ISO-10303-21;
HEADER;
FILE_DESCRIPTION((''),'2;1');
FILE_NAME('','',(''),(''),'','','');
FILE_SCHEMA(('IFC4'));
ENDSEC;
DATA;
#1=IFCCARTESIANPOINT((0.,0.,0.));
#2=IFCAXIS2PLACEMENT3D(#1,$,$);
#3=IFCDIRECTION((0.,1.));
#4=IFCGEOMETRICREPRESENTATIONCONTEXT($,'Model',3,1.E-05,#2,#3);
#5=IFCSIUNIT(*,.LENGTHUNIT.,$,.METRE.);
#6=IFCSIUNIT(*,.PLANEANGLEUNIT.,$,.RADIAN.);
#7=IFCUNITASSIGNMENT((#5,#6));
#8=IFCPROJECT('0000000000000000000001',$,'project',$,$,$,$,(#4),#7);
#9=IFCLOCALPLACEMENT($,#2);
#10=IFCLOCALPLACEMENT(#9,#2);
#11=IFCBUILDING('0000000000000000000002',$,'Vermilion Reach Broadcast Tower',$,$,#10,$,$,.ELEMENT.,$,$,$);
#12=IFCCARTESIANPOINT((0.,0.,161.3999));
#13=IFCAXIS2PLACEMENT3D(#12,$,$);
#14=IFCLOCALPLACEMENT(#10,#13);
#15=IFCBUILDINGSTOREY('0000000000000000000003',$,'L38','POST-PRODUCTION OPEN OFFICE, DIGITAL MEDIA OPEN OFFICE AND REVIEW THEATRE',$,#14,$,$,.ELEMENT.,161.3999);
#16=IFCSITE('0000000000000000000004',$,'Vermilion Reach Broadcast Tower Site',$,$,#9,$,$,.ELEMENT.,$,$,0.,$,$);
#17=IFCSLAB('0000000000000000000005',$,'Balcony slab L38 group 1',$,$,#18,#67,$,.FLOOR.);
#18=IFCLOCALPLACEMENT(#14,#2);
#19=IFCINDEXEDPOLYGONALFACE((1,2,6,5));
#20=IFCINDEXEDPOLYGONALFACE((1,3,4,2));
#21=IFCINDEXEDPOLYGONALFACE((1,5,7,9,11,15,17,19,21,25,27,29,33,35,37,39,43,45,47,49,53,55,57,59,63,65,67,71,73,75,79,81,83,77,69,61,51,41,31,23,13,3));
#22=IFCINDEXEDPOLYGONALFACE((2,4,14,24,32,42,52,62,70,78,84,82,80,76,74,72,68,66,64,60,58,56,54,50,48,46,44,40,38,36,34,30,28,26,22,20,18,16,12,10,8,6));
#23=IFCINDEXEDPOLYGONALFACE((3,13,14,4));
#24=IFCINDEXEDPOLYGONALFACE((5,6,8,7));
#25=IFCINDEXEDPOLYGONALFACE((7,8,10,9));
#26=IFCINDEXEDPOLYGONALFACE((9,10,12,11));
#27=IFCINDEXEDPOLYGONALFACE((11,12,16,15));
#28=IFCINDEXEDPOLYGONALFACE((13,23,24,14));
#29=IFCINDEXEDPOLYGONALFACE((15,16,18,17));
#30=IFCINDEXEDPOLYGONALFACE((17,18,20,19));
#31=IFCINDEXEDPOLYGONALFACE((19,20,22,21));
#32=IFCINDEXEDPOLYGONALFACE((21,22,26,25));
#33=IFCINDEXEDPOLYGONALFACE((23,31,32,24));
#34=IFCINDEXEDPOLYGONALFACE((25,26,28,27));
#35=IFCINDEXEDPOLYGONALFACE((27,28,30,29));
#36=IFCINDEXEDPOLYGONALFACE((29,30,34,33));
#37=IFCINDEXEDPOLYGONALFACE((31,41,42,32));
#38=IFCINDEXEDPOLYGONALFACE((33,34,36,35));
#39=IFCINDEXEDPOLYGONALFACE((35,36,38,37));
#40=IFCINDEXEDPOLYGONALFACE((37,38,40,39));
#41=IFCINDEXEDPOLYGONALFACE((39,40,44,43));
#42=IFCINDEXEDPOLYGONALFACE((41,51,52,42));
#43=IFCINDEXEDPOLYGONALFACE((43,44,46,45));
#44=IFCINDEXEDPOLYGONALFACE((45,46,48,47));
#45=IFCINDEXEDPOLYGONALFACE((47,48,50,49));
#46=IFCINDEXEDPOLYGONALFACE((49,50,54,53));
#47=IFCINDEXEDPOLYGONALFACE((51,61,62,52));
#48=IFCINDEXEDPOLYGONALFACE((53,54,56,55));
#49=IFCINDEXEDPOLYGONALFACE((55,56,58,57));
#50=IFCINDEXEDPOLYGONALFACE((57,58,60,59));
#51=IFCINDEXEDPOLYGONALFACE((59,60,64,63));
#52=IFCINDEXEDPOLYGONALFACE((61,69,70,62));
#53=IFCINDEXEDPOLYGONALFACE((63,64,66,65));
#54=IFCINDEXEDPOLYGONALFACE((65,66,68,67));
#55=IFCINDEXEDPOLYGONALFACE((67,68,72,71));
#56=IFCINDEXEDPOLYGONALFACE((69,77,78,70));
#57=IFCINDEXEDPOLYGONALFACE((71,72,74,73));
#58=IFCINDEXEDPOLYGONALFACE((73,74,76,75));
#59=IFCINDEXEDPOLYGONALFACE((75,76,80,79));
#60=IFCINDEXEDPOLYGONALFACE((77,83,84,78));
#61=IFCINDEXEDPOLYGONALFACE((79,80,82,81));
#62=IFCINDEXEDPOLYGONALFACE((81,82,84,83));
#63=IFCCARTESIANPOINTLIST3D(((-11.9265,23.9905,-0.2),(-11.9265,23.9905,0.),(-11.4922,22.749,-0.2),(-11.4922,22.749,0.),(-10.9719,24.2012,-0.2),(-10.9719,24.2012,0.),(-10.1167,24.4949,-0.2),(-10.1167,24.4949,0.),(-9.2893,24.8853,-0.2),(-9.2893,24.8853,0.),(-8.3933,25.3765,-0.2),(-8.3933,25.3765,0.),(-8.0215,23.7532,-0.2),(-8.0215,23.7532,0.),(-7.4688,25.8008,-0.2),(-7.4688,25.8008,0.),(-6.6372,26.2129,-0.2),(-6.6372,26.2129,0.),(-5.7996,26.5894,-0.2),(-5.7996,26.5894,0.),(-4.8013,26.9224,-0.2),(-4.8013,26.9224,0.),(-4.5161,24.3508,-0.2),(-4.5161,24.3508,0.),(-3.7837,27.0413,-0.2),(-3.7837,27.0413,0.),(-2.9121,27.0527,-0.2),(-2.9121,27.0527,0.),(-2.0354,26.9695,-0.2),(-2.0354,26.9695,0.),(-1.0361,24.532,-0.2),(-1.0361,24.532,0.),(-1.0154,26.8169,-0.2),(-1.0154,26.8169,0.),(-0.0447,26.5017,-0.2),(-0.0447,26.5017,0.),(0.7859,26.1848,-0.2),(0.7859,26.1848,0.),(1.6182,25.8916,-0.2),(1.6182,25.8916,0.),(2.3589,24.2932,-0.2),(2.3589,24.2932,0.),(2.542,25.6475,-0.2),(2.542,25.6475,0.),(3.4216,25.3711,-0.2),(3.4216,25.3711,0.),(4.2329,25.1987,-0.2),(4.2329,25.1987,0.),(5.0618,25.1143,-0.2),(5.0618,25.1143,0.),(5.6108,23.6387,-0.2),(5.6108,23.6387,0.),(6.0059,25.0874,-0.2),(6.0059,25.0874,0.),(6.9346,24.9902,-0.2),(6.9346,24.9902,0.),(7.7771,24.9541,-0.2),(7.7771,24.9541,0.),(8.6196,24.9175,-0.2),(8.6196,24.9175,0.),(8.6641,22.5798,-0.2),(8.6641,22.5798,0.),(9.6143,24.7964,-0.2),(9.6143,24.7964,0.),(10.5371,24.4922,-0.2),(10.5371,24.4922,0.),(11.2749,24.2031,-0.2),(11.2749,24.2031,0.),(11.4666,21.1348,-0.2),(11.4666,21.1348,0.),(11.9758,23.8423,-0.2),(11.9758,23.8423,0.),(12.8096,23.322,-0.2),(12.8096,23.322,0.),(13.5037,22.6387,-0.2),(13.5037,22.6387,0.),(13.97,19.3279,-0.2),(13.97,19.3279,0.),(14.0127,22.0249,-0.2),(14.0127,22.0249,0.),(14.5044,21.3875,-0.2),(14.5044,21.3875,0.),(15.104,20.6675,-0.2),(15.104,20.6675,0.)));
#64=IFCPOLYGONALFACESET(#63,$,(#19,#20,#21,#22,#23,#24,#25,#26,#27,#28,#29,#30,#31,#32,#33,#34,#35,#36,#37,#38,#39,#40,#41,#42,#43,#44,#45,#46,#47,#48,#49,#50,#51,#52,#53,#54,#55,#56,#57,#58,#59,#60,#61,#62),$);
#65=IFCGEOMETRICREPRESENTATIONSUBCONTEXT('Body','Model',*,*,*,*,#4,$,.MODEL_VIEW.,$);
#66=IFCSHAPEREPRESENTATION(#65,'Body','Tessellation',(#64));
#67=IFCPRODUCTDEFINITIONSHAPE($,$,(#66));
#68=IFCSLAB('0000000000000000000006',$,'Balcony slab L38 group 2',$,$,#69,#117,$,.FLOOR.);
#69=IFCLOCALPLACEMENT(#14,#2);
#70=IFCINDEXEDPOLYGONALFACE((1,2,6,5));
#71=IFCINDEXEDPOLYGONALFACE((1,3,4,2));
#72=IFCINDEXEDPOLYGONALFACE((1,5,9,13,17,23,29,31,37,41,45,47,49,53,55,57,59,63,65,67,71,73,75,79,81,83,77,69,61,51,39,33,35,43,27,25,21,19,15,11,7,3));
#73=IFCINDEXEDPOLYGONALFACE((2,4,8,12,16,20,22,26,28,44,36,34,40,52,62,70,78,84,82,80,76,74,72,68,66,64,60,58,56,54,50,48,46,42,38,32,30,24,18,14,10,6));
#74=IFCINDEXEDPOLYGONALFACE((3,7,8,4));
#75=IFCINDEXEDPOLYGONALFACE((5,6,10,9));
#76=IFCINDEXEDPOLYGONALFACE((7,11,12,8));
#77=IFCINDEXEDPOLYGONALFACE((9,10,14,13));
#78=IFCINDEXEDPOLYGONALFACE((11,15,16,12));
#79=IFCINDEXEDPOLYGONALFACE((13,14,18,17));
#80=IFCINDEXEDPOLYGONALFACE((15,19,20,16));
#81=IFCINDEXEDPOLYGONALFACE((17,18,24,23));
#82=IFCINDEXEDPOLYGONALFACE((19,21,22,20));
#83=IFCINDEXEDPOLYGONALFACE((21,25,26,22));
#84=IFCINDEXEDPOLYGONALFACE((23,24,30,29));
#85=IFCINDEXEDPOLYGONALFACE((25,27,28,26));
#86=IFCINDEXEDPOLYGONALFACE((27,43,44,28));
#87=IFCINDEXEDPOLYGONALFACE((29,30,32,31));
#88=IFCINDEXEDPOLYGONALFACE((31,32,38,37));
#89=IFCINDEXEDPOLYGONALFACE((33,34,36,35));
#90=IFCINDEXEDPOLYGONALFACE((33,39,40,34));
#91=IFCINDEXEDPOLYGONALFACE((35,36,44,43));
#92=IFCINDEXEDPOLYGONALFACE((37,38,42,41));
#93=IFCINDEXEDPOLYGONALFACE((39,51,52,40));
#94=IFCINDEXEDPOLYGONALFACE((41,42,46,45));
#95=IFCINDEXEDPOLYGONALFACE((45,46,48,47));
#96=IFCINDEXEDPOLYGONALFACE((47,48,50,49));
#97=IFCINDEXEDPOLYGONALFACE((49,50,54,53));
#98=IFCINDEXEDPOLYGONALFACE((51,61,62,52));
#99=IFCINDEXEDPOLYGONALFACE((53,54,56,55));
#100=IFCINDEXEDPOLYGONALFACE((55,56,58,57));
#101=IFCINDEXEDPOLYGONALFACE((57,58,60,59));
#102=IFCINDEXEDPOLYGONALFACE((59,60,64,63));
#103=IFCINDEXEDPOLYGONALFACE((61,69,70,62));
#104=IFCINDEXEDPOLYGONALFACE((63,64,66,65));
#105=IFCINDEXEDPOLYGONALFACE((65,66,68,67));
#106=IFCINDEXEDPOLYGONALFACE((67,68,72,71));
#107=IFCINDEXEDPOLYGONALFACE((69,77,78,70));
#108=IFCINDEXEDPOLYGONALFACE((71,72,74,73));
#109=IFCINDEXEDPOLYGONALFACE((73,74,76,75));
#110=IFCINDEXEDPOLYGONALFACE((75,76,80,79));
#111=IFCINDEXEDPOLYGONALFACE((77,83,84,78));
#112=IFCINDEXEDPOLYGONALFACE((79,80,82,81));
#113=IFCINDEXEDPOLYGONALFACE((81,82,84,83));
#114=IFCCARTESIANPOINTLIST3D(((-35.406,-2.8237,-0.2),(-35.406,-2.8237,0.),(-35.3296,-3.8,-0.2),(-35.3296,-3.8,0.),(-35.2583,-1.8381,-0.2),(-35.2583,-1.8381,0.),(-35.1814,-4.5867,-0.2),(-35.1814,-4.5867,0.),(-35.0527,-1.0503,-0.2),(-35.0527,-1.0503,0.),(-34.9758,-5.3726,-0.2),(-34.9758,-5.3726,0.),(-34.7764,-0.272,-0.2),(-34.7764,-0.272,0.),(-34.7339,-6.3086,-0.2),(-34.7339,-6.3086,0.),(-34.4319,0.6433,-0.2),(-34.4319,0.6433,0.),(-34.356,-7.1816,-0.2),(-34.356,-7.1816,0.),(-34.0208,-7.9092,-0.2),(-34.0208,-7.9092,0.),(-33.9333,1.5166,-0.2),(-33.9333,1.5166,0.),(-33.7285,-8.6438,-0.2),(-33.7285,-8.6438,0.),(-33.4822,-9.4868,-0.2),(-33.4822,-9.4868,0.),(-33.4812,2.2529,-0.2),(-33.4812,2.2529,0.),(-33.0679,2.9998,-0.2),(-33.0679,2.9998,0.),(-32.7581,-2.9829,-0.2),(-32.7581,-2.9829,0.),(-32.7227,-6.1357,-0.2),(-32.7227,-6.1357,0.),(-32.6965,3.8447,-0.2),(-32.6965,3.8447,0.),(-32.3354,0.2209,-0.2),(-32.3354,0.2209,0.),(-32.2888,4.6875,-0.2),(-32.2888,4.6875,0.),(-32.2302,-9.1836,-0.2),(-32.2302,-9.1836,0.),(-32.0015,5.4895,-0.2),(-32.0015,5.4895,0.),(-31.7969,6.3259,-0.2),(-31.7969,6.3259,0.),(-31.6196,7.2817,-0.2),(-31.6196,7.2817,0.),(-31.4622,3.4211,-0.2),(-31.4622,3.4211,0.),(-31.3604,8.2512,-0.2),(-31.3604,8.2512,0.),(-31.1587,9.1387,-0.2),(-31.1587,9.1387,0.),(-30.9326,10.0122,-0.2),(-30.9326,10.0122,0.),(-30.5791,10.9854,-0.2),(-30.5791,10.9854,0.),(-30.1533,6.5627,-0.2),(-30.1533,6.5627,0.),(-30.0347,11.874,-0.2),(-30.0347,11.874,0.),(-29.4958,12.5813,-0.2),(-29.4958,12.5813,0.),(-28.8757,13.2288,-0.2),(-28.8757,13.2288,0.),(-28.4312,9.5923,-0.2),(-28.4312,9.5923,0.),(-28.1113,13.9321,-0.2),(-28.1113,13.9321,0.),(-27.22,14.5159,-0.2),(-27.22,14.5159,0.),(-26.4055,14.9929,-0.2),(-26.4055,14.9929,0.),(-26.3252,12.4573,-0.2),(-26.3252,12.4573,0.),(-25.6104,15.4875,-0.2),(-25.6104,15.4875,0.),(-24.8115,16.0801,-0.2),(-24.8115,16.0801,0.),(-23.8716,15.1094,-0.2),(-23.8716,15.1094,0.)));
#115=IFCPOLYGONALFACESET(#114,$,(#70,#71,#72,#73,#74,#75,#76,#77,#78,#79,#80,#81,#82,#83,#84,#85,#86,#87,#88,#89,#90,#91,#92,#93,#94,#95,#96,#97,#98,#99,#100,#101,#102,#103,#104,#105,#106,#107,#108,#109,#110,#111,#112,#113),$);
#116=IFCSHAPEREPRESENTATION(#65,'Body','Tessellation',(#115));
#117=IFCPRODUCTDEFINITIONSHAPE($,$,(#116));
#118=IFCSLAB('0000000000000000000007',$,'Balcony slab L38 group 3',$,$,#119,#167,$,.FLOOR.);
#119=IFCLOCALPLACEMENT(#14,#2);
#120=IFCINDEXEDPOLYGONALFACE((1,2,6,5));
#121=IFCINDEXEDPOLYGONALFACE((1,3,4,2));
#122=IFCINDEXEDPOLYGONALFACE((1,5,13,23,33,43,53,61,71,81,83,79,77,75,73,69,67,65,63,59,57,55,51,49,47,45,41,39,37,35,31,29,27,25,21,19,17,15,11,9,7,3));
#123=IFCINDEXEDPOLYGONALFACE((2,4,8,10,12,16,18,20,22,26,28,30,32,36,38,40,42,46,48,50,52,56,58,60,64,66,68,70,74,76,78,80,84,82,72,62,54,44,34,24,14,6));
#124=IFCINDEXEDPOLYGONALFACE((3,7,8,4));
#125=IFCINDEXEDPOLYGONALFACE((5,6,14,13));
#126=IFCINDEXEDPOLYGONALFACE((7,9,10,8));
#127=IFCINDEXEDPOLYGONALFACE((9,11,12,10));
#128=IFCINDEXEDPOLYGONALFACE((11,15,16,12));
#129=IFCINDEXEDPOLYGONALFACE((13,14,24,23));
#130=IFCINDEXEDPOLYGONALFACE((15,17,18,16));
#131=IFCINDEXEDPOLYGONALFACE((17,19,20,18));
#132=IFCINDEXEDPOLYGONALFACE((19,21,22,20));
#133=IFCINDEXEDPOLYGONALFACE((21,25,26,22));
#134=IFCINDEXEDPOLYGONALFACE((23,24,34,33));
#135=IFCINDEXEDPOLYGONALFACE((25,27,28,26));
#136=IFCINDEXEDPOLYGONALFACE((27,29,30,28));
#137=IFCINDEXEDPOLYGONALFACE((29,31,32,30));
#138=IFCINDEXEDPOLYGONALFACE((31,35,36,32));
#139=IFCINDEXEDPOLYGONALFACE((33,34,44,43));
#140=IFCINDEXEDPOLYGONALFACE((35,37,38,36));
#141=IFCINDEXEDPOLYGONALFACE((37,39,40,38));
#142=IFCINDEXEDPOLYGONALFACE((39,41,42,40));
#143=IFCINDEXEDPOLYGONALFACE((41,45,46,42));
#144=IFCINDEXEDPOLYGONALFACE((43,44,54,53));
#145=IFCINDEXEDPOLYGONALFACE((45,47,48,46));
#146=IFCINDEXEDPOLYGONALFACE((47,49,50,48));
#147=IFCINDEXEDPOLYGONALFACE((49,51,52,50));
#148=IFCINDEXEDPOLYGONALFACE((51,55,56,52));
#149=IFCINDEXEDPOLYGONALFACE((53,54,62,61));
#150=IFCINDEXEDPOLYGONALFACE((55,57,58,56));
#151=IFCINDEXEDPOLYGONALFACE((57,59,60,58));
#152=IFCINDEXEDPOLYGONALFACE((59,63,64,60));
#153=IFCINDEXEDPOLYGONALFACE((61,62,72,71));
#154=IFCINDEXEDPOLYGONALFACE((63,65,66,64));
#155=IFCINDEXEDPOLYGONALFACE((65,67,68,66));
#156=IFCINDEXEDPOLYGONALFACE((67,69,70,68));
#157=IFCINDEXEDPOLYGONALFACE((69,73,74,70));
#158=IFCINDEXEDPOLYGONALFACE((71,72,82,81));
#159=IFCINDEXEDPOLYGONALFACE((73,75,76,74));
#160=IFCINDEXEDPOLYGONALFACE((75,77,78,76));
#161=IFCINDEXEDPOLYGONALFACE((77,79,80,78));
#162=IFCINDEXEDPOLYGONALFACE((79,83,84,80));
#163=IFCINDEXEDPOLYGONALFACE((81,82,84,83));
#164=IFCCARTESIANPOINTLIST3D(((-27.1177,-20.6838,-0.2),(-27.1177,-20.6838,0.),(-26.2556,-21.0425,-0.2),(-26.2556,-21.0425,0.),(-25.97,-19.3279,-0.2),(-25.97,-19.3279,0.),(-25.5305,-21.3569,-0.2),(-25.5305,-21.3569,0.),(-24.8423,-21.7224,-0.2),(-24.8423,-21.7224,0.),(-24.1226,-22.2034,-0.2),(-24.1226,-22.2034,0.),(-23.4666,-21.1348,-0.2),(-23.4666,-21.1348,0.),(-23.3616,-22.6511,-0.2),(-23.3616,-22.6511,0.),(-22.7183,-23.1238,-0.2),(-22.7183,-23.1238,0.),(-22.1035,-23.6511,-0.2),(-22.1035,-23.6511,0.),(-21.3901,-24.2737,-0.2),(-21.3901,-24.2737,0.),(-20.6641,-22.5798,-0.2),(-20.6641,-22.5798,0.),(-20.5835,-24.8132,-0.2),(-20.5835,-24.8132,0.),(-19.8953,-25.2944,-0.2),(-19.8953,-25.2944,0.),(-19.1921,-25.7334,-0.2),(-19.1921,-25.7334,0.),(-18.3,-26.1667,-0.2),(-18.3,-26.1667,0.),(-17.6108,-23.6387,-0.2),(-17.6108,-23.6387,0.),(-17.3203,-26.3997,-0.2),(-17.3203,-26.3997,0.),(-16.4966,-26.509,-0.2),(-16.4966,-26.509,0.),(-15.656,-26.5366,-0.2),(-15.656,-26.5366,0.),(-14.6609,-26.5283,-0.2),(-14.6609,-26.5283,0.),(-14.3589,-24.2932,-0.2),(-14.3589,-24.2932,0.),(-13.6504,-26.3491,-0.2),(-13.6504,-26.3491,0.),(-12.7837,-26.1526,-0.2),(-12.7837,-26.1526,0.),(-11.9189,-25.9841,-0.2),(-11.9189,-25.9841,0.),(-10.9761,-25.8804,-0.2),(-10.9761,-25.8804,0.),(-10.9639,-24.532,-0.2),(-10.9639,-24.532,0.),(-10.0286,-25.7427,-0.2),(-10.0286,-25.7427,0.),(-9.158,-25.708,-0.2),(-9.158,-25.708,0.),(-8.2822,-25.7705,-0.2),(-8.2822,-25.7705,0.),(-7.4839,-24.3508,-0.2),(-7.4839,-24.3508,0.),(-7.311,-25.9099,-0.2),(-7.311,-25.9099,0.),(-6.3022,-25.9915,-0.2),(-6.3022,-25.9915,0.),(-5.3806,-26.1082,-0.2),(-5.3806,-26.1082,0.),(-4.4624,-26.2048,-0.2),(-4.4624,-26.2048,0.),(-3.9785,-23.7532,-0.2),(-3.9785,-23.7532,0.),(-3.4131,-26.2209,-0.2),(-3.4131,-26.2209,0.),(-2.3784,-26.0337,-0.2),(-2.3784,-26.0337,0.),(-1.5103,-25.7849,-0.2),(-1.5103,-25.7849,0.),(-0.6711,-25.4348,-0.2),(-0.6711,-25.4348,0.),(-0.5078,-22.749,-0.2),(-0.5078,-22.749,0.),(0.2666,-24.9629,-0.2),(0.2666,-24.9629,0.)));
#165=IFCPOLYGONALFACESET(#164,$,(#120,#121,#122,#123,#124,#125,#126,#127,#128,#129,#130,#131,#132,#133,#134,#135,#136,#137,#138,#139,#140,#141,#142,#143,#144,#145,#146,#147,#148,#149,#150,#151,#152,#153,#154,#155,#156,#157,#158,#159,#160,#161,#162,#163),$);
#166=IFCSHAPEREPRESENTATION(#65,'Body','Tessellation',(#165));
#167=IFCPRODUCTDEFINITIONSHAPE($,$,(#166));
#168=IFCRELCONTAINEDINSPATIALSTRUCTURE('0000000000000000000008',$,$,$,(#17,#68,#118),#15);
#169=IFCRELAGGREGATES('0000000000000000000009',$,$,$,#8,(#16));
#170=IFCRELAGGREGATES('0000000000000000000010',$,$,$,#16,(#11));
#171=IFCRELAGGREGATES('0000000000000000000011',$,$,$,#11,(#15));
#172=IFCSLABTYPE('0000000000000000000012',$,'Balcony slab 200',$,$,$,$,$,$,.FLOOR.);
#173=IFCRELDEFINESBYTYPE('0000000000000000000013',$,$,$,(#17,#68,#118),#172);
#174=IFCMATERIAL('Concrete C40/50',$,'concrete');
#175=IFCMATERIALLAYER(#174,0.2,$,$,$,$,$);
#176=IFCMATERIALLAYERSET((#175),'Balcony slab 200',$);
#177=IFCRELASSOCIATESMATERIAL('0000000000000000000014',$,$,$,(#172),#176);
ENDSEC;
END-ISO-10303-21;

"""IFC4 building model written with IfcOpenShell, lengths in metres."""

from ifc_helpers import new_model, si_unit, direction, frame, origin, place, context, subcontext, project, spatial, polyline, outline, extrude, material, layer, layer_set, type_object, element, save


model = new_model("IFC4")

# Units and contexts
model_context = context("Model", 3, precision=1e-05, world=origin(), true_north=direction((0.0, 1.0)))
body_context = subcontext(model_context, "Body", "Model", "MODEL_VIEW")
ifc_project = project(units=[si_unit("LENGTHUNIT", "METRE"), si_unit("PLANEANGLEUNIT", "RADIAN")], contexts=[model_context])

# Site, building, storey
site_placement = place(None, origin())
site = spatial("IfcSite", under=ifc_project, at=site_placement, Name="Vermilion Reach Broadcast Tower Site", CompositionType="ELEMENT", RefElevation=0.0)
building_placement = place(site_placement, origin())
building = spatial("IfcBuilding", under=site, at=building_placement, Name="Vermilion Reach Broadcast Tower", CompositionType="ELEMENT")
storey_placement = place(building_placement, frame((0.0, 0.0, 161.3999)))
storey = spatial("IfcBuildingStorey", under=building, at=storey_placement, Name="L38", Description="POST-PRODUCTION OPEN OFFICE, DIGITAL MEDIA OPEN OFFICE AND REVIEW THEATRE", CompositionType="ELEMENT", Elevation=161.3999)

# Slabs
ifc_material_1 = material(Name="Concrete C40/50", Category="concrete")
ifc_layer_1 = layer(ifc_material_1, 0.2)
ifc_layer_set_1 = layer_set([ifc_layer_1], Name="Balcony slab 200")
slab_type_1 = type_object("IfcSlabType", Name="Balcony slab 200", PredefinedType="FLOOR", material=ifc_layer_set_1)
placement_1 = place(storey_placement, frame((0.0, 0.0, -0.2)))
element("IfcSlab", 1, at=placement_1, inside=storey, type_object=slab_type_1, Name="Balcony slab L38 group 1", PredefinedType="FLOOR", context=body_context, shape_type="SweptSolid", body=[
    extrude(outline(polyline([(13.97, 19.3279), (11.4666, 21.1348), (8.6641, 22.5798), (5.6108, 23.6387), (2.3589, 24.2932), (-1.0361, 24.532), (-4.5161, 24.3508), (-8.0215, 23.7532), (-11.4922, 22.749), (-11.9265, 23.9905), (-10.9719, 24.2012), (-10.1167, 24.4949), (-9.2893, 24.8853), (-8.3933, 25.3765), (-7.4688, 25.8008), (-6.6372, 26.2129), (-5.7996, 26.5894), (-4.8013, 26.9224), (-3.7837, 27.0413), (-2.9121, 27.0527), (-2.0354, 26.9695), (-1.0154, 26.8169), (-0.0447, 26.5017), (0.7859, 26.1848), (1.6182, 25.8916), (2.542, 25.6475), (3.4216, 25.3711), (4.2329, 25.1987), (5.0618, 25.1143), (6.0059, 25.0874), (6.9346, 24.9902), (7.7771, 24.9541), (8.6196, 24.9175), (9.6143, 24.7964), (10.5371, 24.4922), (11.2749, 24.2031), (11.9758, 23.8423), (12.8096, 23.322), (13.5037, 22.6387), (14.0127, 22.0249), (14.5044, 21.3875), (15.104, 20.6675), (13.97, 19.3279)])), origin(), (0.0, 0.0, 1.0), 0.2),
])
element("IfcSlab", 2, at=placement_1, inside=storey, type_object=slab_type_1, Name="Balcony slab L38 group 2", PredefinedType="FLOOR", context=body_context, shape_type="SweptSolid", body=[
    extrude(outline(polyline([(-23.8716, 15.1094), (-26.3252, 12.4573), (-28.4312, 9.5923), (-30.1533, 6.5627), (-31.4622, 3.4211), (-32.3354, 0.2209), (-32.7581, -2.9829), (-32.7227, -6.1357), (-32.2302, -9.1836), (-33.4822, -9.4868), (-33.7285, -8.6438), (-34.0208, -7.9092), (-34.356, -7.1816), (-34.7339, -6.3086), (-34.9758, -5.3726), (-35.1814, -4.5867), (-35.3296, -3.8), (-35.406, -2.8237), (-35.2583, -1.8381), (-35.0527, -1.0503), (-34.7764, -0.272), (-34.4319, 0.6433), (-33.9333, 1.5166), (-33.4812, 2.2529), (-33.0679, 2.9998), (-32.6965, 3.8447), (-32.2888, 4.6875), (-32.0015, 5.4895), (-31.7969, 6.3259), (-31.6196, 7.2817), (-31.3604, 8.2512), (-31.1587, 9.1387), (-30.9326, 10.0122), (-30.5791, 10.9854), (-30.0347, 11.874), (-29.4958, 12.5813), (-28.8757, 13.2288), (-28.1113, 13.9321), (-27.22, 14.5159), (-26.4055, 14.9929), (-25.6104, 15.4875), (-24.8115, 16.0801), (-23.8716, 15.1094)])), origin(), (0.0, 0.0, 1.0), 0.2),
])
element("IfcSlab", 3, at=placement_1, inside=storey, type_object=slab_type_1, Name="Balcony slab L38 group 3", PredefinedType="FLOOR", context=body_context, shape_type="SweptSolid", body=[
    extrude(outline(polyline([(-25.97, -19.3279), (-23.4666, -21.1348), (-20.6641, -22.5798), (-17.6108, -23.6387), (-14.3589, -24.2932), (-10.9639, -24.532), (-7.4839, -24.3508), (-3.9785, -23.7532), (-0.5078, -22.749), (0.2666, -24.9629), (-0.6711, -25.4348), (-1.5103, -25.7849), (-2.3784, -26.0337), (-3.4131, -26.2209), (-4.4624, -26.2048), (-5.3806, -26.1082), (-6.3022, -25.9915), (-7.311, -25.9099), (-8.2822, -25.7705), (-9.158, -25.708), (-10.0286, -25.7427), (-10.9761, -25.8804), (-11.9189, -25.9841), (-12.7837, -26.1526), (-13.6504, -26.3491), (-14.6609, -26.5283), (-15.656, -26.5366), (-16.4966, -26.509), (-17.3203, -26.3997), (-18.3, -26.1667), (-19.1921, -25.7334), (-19.8953, -25.2944), (-20.5835, -24.8132), (-21.3901, -24.2737), (-22.1035, -23.6511), (-22.7183, -23.1238), (-23.3616, -22.6511), (-24.1226, -22.2034), (-24.8423, -21.7224), (-25.5305, -21.3569), (-26.2556, -21.0425), (-27.1177, -20.6838), (-25.97, -19.3279)])), origin(), (0.0, 0.0, 1.0), 0.2),
])

save(model, "model.ifc")
